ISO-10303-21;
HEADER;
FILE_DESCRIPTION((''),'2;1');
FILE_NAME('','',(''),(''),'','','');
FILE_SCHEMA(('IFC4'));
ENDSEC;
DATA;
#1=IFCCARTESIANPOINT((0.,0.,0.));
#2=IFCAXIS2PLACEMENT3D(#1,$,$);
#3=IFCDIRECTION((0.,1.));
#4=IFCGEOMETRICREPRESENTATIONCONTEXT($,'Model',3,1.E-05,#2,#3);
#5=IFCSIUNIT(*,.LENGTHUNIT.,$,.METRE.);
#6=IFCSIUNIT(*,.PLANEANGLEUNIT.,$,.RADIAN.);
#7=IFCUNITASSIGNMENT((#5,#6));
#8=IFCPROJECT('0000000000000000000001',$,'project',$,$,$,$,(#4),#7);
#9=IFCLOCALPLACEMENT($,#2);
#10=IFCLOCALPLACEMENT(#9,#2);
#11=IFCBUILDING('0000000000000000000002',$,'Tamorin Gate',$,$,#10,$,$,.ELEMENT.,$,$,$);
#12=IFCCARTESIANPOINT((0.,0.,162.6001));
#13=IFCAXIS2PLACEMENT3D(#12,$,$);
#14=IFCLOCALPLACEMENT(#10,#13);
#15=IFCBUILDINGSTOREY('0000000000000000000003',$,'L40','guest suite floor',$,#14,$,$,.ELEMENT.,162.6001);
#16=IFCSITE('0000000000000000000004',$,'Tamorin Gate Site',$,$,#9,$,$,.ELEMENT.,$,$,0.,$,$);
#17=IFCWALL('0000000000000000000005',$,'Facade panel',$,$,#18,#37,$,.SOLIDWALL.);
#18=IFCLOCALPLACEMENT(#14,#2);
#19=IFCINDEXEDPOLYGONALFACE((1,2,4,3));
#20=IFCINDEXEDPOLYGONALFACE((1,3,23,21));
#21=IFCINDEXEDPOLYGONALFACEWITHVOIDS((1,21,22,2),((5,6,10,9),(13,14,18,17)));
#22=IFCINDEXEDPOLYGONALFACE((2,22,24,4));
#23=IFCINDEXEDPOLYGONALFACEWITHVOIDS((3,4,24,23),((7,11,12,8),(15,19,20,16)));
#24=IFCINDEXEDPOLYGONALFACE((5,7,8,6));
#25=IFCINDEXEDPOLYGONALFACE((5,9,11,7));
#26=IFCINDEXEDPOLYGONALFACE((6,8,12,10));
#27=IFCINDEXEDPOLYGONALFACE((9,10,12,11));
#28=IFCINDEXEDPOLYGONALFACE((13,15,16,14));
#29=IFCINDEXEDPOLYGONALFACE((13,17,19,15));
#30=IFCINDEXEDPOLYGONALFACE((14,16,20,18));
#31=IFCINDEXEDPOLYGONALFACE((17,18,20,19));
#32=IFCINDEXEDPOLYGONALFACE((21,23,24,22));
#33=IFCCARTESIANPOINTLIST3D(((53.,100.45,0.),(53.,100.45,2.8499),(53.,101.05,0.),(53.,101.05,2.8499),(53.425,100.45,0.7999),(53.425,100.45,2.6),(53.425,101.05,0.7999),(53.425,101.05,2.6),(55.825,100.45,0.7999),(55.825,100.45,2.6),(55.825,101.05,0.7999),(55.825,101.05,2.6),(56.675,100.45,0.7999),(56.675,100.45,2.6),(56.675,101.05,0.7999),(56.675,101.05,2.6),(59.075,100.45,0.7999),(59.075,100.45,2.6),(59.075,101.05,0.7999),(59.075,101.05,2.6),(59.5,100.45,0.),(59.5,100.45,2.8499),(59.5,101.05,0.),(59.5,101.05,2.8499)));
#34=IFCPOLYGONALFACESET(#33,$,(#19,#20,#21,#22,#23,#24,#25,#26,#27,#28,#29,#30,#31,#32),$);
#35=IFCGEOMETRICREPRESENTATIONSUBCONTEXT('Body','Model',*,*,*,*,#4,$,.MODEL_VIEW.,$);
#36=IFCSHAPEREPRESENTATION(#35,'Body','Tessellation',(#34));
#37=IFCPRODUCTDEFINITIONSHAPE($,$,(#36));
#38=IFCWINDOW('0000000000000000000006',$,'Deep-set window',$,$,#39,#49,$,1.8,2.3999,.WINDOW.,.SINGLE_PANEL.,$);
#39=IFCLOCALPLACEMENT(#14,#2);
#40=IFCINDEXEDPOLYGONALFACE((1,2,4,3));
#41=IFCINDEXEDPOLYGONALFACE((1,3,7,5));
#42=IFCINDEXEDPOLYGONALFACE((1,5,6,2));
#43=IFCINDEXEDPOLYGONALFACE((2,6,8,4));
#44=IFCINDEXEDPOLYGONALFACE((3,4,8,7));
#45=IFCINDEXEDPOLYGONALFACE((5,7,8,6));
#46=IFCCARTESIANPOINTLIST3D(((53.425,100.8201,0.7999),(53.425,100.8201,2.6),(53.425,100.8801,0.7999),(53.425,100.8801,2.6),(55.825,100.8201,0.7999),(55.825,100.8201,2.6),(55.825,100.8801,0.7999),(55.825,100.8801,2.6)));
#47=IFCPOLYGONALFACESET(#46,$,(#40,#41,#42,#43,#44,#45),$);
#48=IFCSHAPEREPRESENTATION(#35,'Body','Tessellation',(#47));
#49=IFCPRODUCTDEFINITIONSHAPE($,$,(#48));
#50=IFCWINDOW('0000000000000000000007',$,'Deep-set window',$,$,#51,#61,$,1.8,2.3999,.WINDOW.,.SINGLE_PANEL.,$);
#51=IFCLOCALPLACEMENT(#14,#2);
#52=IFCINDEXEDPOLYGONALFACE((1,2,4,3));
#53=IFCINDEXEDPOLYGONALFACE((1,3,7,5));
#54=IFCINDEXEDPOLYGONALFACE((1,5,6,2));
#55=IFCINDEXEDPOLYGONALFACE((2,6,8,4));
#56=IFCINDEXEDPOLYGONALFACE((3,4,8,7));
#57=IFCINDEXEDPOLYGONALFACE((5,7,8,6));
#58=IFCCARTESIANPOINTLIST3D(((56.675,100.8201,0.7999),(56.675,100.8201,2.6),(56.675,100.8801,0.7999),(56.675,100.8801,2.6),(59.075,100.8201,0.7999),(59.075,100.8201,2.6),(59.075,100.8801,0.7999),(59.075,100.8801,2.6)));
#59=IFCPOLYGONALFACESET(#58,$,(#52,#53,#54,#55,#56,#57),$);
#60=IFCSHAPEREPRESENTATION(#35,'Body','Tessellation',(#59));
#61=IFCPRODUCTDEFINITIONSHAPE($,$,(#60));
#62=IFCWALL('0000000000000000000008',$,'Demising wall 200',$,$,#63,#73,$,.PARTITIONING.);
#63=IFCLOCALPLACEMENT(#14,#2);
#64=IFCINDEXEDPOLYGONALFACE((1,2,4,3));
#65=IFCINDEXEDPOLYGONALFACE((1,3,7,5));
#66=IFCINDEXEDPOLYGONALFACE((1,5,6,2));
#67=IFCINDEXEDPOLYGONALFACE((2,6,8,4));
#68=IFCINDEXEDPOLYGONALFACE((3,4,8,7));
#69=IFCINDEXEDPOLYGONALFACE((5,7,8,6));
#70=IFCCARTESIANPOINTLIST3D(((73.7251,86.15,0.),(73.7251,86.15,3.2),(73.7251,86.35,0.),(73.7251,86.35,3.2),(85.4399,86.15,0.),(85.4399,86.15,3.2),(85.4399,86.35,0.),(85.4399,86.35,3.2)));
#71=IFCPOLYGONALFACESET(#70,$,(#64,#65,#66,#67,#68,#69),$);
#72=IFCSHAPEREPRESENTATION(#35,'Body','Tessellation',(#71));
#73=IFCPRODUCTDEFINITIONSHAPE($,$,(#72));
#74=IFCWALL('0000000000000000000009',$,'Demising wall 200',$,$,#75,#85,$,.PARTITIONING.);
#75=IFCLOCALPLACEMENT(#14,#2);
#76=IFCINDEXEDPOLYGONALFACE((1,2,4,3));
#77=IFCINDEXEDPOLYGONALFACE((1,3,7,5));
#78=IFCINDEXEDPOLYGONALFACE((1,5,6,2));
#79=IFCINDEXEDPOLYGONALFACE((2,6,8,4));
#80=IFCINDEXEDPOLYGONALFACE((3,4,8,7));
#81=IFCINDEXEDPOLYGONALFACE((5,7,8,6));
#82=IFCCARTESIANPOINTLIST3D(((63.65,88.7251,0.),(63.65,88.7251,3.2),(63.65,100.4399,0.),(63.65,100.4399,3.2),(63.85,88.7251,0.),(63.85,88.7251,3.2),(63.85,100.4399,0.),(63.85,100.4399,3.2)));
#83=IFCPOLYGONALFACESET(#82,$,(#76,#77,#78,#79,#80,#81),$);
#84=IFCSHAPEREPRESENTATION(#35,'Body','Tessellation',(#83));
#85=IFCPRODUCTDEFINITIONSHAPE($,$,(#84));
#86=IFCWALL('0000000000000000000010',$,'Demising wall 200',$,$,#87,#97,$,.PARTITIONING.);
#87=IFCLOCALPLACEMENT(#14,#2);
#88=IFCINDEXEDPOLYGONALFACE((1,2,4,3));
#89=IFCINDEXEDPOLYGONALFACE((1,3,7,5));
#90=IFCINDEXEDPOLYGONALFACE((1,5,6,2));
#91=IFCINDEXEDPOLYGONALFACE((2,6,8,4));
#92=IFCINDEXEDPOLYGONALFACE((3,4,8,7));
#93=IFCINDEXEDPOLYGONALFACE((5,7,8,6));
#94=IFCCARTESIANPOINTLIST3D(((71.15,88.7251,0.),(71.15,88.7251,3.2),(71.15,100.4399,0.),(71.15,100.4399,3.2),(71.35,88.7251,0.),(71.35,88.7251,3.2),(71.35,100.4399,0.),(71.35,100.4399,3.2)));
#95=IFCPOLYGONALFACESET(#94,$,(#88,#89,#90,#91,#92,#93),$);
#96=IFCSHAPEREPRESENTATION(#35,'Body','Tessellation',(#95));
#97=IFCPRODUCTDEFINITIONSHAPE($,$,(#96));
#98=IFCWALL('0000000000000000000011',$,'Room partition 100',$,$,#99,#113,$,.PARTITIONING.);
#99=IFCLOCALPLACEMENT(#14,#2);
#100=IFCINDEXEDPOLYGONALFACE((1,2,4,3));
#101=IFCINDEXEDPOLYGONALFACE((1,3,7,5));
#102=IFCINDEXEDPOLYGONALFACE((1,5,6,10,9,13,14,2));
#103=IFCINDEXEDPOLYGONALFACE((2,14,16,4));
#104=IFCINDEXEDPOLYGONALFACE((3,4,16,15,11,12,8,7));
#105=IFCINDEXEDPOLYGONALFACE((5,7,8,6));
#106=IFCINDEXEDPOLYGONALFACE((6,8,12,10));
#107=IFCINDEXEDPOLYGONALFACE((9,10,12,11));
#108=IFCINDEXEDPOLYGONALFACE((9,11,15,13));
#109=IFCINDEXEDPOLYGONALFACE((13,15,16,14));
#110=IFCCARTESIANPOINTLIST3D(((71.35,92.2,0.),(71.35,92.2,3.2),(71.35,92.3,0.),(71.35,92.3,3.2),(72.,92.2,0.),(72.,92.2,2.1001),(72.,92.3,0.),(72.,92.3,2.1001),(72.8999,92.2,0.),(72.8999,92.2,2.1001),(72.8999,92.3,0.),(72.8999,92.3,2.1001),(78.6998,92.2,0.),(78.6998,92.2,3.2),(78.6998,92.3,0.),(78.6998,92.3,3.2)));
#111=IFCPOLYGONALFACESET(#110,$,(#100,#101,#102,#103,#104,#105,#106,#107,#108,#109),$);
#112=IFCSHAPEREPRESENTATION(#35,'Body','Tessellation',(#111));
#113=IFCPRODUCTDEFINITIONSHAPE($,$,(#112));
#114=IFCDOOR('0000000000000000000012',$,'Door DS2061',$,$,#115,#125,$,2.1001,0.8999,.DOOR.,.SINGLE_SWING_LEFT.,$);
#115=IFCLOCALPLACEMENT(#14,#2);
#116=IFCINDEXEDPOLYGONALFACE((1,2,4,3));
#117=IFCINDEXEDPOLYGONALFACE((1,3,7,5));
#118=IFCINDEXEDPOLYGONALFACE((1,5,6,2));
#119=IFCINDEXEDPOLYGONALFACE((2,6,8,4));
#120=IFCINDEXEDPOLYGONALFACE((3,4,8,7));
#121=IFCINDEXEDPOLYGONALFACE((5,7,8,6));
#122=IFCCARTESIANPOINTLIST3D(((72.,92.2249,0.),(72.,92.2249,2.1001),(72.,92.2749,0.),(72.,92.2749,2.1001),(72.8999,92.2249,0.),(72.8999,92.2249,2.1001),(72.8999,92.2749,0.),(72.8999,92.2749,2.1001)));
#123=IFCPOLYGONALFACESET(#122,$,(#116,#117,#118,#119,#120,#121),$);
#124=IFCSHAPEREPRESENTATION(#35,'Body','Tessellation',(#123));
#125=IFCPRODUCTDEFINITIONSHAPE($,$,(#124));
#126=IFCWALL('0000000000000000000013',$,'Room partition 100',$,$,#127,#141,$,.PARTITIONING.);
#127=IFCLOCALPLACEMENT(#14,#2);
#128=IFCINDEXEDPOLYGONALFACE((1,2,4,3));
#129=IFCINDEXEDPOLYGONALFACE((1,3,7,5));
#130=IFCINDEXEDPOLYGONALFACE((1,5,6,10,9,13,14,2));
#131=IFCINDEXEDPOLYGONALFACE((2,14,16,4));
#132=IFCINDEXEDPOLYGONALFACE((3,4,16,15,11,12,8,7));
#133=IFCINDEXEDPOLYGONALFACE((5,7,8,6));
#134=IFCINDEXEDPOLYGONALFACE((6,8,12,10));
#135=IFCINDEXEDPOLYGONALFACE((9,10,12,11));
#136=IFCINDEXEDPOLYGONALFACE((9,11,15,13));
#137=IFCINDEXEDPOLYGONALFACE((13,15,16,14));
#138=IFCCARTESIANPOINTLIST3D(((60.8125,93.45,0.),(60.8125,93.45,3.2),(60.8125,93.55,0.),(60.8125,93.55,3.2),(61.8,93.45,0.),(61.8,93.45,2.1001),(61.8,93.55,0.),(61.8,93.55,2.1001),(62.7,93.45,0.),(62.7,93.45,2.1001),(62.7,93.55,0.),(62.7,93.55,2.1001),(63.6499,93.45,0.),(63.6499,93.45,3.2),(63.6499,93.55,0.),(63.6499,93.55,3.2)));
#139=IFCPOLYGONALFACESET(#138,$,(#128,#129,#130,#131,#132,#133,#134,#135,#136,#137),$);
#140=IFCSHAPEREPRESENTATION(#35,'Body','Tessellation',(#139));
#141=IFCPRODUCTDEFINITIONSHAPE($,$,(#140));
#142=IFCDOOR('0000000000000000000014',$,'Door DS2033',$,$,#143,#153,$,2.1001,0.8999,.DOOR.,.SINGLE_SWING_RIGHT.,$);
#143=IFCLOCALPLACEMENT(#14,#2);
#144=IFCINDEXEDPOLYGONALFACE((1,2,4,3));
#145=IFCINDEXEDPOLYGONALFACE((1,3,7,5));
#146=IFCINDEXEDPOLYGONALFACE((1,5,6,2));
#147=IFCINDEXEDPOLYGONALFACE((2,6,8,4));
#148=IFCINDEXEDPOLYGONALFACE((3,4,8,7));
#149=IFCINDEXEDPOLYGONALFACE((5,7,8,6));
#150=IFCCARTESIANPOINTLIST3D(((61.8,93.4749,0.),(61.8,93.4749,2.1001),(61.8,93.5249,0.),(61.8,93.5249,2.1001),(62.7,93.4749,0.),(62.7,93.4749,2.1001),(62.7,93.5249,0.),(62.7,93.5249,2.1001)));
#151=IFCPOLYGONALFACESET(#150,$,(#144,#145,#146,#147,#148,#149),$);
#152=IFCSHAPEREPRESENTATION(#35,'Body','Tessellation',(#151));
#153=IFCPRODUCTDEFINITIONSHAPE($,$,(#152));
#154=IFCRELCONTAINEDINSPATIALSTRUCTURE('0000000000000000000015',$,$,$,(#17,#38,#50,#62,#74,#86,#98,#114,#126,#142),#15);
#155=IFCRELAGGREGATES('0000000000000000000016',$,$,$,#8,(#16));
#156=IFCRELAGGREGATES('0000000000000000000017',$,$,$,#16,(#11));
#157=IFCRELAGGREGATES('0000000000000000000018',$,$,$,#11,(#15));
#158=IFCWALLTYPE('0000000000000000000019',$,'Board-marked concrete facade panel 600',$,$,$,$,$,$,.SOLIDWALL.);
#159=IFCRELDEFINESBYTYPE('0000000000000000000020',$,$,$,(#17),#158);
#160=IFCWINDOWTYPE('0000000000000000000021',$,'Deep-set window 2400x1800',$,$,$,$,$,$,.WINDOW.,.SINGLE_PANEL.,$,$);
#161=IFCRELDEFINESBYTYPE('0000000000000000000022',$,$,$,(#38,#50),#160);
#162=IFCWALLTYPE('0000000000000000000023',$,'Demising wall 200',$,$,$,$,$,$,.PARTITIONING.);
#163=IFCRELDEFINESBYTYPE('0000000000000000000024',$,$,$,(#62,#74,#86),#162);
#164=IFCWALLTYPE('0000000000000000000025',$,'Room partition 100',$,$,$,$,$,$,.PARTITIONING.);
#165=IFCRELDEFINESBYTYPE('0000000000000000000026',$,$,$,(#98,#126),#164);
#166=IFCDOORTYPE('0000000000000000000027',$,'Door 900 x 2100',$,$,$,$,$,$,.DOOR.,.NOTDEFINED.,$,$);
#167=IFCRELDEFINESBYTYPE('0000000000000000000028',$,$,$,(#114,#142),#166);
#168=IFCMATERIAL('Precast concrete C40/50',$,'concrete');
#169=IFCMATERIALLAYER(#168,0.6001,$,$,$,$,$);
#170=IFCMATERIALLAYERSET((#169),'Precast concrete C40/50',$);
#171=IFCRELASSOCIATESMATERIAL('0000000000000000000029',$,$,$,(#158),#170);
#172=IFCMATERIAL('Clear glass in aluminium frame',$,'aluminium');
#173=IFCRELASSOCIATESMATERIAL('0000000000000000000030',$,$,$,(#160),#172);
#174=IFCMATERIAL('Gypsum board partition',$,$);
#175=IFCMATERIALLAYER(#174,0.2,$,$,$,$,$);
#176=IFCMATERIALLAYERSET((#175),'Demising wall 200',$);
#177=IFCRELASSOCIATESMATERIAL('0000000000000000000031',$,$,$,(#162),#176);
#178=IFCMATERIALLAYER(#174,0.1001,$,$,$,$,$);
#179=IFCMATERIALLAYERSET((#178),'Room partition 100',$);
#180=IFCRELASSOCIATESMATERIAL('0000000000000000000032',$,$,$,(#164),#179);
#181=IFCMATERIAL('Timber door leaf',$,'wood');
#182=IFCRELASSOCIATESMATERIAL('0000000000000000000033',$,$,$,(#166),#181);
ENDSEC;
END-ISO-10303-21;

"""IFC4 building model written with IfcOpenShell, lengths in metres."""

from ifc_helpers import new_model, si_unit, direction, frame, frame_2d, origin, place, context, subcontext, project, spatial, rectangle, extrude, material, layer, layer_set, type_object, element, fill, save


model = new_model("IFC4")

# Units and contexts
model_context = context("Model", 3, precision=1e-05, world=origin(), true_north=direction((0.0, 1.0)))
body_context = subcontext(model_context, "Body", "Model", "MODEL_VIEW")
ifc_project = project(units=[si_unit("LENGTHUNIT", "METRE"), si_unit("PLANEANGLEUNIT", "RADIAN")], contexts=[model_context])

# Site, building, storey
site_placement = place(None, origin())
site = spatial("IfcSite", under=ifc_project, at=site_placement, Name="Tamorin Gate Site", CompositionType="ELEMENT", RefElevation=0.0)
building_placement = place(site_placement, origin())
building = spatial("IfcBuilding", under=site, at=building_placement, Name="Tamorin Gate", CompositionType="ELEMENT")
storey_placement = place(building_placement, frame((0.0, 0.0, 162.6001)))
storey = spatial("IfcBuildingStorey", under=building, at=storey_placement, Name="L40", Description="guest suite floor", CompositionType="ELEMENT", Elevation=162.6001)

# Wall, openings, windows
ifc_material_1 = material(Name="Precast concrete C40/50", Category="concrete")
ifc_layer_1 = layer(ifc_material_1, 0.6001)
ifc_layer_set_1 = layer_set([ifc_layer_1], Name="Precast concrete C40/50")
wall_type_1 = type_object("IfcWallType", Name="Board-marked concrete facade panel 600", PredefinedType="SOLIDWALL", material=ifc_layer_set_1)
ifc_material_2 = material(Name="Clear glass in aluminium frame", Category="aluminium")
window_type = type_object("IfcWindowType", Name="Deep-set window 2400x1800", PartitioningType="SINGLE_PANEL", PredefinedType="WINDOW", material=ifc_material_2)
wall_1_placement = place(storey_placement, frame((59.5, 100.75, 0.0), z_axis=(0.0, 0.0, 1.0), x_axis=(-1.0, 0.0, 0.0)))
wall_1 = element("IfcWall", 1, at=wall_1_placement, inside=storey, type_object=wall_type_1, Name="Facade panel", PredefinedType="SOLIDWALL", context=body_context, shape_type="SweptSolid", body=[
    extrude(rectangle(XDim=6.5, YDim=0.6001, at=frame_2d((3.25, 0.0))), origin(), (0.0, 0.0, 1.0), 2.8499),
])
opening_1_placement = place(wall_1_placement, frame((3.675, 0.0, 0.8)))
opening_1 = element("IfcOpeningElement", 2, at=opening_1_placement, cuts=wall_1, PredefinedType="OPENING", context=body_context, shape_type="SweptSolid", body=[
    extrude(rectangle(XDim=2.3999, YDim=1.8, at=frame_2d((1.2, 0.8999))), frame((0.0, 0.3101, 0.0), z_axis=(0.0, -1.0, 0.0), x_axis=(1.0, 0.0, 0.0)), (0.0, 0.0, 1.0), 0.6201),
])
opening_2_placement = place(wall_1_placement, frame((0.425, 0.0, 0.8)))
opening_2 = element("IfcOpeningElement", 3, at=opening_2_placement, cuts=wall_1, PredefinedType="OPENING", context=body_context, shape_type="SweptSolid", body=[
    extrude(rectangle(XDim=2.3999, YDim=1.8, at=frame_2d((1.2, 0.8999))), frame((0.0, 0.3101, 0.0), z_axis=(0.0, -1.0, 0.0), x_axis=(1.0, 0.0, 0.0)), (0.0, 0.0, 1.0), 0.6201),
])
window_1_placement = place(opening_1_placement, origin())
window_1 = element("IfcWindow", 4, at=window_1_placement, inside=storey, type_object=window_type, Name="Deep-set window", OverallHeight=1.8, OverallWidth=2.3999, PartitioningType="SINGLE_PANEL", PredefinedType="WINDOW", context=body_context, shape_type="SweptSolid", body=[
    extrude(rectangle(XDim=2.3999, YDim=1.8, at=frame_2d((1.2, 0.8999))), frame((0.0, -0.0701, 0.0), z_axis=(0.0, -1.0, 0.0), x_axis=(1.0, 0.0, 0.0)), (0.0, 0.0, 1.0), 0.0601),
])
fill(opening_1, window_1)
window_2_placement = place(opening_2_placement, origin())
window_2 = element("IfcWindow", 5, at=window_2_placement, inside=storey, type_object=window_type, Name="Deep-set window", OverallHeight=1.8, OverallWidth=2.3999, PartitioningType="SINGLE_PANEL", PredefinedType="WINDOW", context=body_context, shape_type="SweptSolid", body=[
    extrude(rectangle(XDim=2.3999, YDim=1.8, at=frame_2d((1.2, 0.8999))), frame((0.0, -0.0701, 0.0), z_axis=(0.0, -1.0, 0.0), x_axis=(1.0, 0.0, 0.0)), (0.0, 0.0, 1.0), 0.0601),
])
fill(opening_2, window_2)

# Walls
ifc_material_3 = material(Name="Gypsum board partition")
ifc_layer_2 = layer(ifc_material_3, 0.2)
ifc_layer_set_2 = layer_set([ifc_layer_2], Name="Demising wall 200")
wall_type_2 = type_object("IfcWallType", Name="Demising wall 200", PredefinedType="PARTITIONING", material=ifc_layer_set_2)
for number, where, z_axis, x_axis, name in (
    (6, (73.7251, 86.25, 0.0), (0.0, 0.0, 1.0), (1.0, 0.0, 0.0), "Demising wall 200"),
    (7, (63.75, 88.7251, 0.0), (0.0, 0.0, 1.0), (0.0, 1.0, 0.0), "Demising wall 200"),
    (8, (71.25, 88.7251, 0.0), (0.0, 0.0, 1.0), (0.0, 1.0, 0.0), "Demising wall 200"),
):
    element("IfcWall", number, at=place(storey_placement, frame(where, z_axis=z_axis, x_axis=x_axis)), inside=storey, type_object=wall_type_2, Name=name, PredefinedType="PARTITIONING", context=body_context, shape_type="SweptSolid", body=[
        extrude(rectangle(XDim=11.7148, YDim=0.2, at=frame_2d((5.8574, 0.0))), origin(), (0.0, 0.0, 1.0), 3.2),
    ])

# Walls, openings, doors
ifc_layer_3 = layer(ifc_material_3, 0.1001)
ifc_layer_set_3 = layer_set([ifc_layer_3], Name="Room partition 100")
wall_type_3 = type_object("IfcWallType", Name="Room partition 100", PredefinedType="PARTITIONING", material=ifc_layer_set_3)
wall_2_placement = place(storey_placement, frame((71.3501, 92.25, 0.0), z_axis=(0.0, 0.0, 1.0), x_axis=(1.0, 0.0, 0.0)))
wall_2 = element("IfcWall", 9, at=wall_2_placement, inside=storey, type_object=wall_type_3, Name="Room partition 100", PredefinedType="PARTITIONING", context=body_context, shape_type="SweptSolid", body=[
    extrude(rectangle(XDim=7.3499, YDim=0.1001, at=frame_2d((3.6748, 0.0))), origin(), (0.0, 0.0, 1.0), 3.2),
])
opening_3_placement = place(wall_2_placement, frame((0.6499, 0.0, 0.0)))
opening_3 = element("IfcOpeningElement", 10, at=opening_3_placement, cuts=wall_2, PredefinedType="OPENING", context=body_context, shape_type="SweptSolid", body=[
    extrude(rectangle(XDim=0.8999, YDim=2.1001, at=frame_2d((0.45, 1.05))), frame((0.0, 0.0601, 0.0), z_axis=(0.0, -1.0, 0.0), x_axis=(1.0, 0.0, 0.0)), (0.0, 0.0, 1.0), 0.1201),
])
ifc_material_4 = material(Name="Timber door leaf", Category="wood")
door_type = type_object("IfcDoorType", Name="Door 900 x 2100", OperationType="NOTDEFINED", PredefinedType="DOOR", material=ifc_material_4)
door_1_placement = place(opening_3_placement, origin())
door_1 = element("IfcDoor", 11, at=door_1_placement, inside=storey, type_object=door_type, Name="Door DS2061", OperationType="SINGLE_SWING_LEFT", OverallHeight=2.1001, OverallWidth=0.8999, PredefinedType="DOOR", context=body_context, shape_type="SweptSolid", body=[
    extrude(rectangle(XDim=0.8999, YDim=2.1001, at=frame_2d((0.45, 1.05))), frame((0.0, 0.0249, 0.0), z_axis=(0.0, -1.0, 0.0), x_axis=(1.0, 0.0, 0.0)), (0.0, 0.0, 1.0), 0.05),
])
fill(opening_3, door_1)
wall_3_placement = place(storey_placement, frame((60.8125, 93.5, 0.0), z_axis=(0.0, 0.0, 1.0), x_axis=(1.0, 0.0, 0.0)))
wall_3 = element("IfcWall", 12, at=wall_3_placement, inside=storey, type_object=wall_type_3, Name="Room partition 100", PredefinedType="PARTITIONING", context=body_context, shape_type="SweptSolid", body=[
    extrude(rectangle(XDim=2.8374, YDim=0.1001, at=frame_2d((1.4187, 0.0))), origin(), (0.0, 0.0, 1.0), 3.2),
])
opening_4_placement = place(wall_3_placement, frame((0.9875, 0.0, 0.0)))
opening_4 = element("IfcOpeningElement", 13, at=opening_4_placement, cuts=wall_3, PredefinedType="OPENING", context=body_context, shape_type="SweptSolid", body=[
    extrude(rectangle(XDim=0.8999, YDim=2.1001, at=frame_2d((0.45, 1.05))), frame((0.0, 0.0601, 0.0), z_axis=(0.0, -1.0, 0.0), x_axis=(1.0, 0.0, 0.0)), (0.0, 0.0, 1.0), 0.1201),
])
door_2_placement = place(opening_4_placement, origin())
door_2 = element("IfcDoor", 14, at=door_2_placement, inside=storey, type_object=door_type, Name="Door DS2033", OperationType="SINGLE_SWING_RIGHT", OverallHeight=2.1001, OverallWidth=0.8999, PredefinedType="DOOR", context=body_context, shape_type="SweptSolid", body=[
    extrude(rectangle(XDim=0.8999, YDim=2.1001, at=frame_2d((0.45, 1.05))), frame((0.0, 0.0249, 0.0), z_axis=(0.0, -1.0, 0.0), x_axis=(1.0, 0.0, 0.0)), (0.0, 0.0, 1.0), 0.05),
])
fill(opening_4, door_2)

save(model, "model.ifc")
